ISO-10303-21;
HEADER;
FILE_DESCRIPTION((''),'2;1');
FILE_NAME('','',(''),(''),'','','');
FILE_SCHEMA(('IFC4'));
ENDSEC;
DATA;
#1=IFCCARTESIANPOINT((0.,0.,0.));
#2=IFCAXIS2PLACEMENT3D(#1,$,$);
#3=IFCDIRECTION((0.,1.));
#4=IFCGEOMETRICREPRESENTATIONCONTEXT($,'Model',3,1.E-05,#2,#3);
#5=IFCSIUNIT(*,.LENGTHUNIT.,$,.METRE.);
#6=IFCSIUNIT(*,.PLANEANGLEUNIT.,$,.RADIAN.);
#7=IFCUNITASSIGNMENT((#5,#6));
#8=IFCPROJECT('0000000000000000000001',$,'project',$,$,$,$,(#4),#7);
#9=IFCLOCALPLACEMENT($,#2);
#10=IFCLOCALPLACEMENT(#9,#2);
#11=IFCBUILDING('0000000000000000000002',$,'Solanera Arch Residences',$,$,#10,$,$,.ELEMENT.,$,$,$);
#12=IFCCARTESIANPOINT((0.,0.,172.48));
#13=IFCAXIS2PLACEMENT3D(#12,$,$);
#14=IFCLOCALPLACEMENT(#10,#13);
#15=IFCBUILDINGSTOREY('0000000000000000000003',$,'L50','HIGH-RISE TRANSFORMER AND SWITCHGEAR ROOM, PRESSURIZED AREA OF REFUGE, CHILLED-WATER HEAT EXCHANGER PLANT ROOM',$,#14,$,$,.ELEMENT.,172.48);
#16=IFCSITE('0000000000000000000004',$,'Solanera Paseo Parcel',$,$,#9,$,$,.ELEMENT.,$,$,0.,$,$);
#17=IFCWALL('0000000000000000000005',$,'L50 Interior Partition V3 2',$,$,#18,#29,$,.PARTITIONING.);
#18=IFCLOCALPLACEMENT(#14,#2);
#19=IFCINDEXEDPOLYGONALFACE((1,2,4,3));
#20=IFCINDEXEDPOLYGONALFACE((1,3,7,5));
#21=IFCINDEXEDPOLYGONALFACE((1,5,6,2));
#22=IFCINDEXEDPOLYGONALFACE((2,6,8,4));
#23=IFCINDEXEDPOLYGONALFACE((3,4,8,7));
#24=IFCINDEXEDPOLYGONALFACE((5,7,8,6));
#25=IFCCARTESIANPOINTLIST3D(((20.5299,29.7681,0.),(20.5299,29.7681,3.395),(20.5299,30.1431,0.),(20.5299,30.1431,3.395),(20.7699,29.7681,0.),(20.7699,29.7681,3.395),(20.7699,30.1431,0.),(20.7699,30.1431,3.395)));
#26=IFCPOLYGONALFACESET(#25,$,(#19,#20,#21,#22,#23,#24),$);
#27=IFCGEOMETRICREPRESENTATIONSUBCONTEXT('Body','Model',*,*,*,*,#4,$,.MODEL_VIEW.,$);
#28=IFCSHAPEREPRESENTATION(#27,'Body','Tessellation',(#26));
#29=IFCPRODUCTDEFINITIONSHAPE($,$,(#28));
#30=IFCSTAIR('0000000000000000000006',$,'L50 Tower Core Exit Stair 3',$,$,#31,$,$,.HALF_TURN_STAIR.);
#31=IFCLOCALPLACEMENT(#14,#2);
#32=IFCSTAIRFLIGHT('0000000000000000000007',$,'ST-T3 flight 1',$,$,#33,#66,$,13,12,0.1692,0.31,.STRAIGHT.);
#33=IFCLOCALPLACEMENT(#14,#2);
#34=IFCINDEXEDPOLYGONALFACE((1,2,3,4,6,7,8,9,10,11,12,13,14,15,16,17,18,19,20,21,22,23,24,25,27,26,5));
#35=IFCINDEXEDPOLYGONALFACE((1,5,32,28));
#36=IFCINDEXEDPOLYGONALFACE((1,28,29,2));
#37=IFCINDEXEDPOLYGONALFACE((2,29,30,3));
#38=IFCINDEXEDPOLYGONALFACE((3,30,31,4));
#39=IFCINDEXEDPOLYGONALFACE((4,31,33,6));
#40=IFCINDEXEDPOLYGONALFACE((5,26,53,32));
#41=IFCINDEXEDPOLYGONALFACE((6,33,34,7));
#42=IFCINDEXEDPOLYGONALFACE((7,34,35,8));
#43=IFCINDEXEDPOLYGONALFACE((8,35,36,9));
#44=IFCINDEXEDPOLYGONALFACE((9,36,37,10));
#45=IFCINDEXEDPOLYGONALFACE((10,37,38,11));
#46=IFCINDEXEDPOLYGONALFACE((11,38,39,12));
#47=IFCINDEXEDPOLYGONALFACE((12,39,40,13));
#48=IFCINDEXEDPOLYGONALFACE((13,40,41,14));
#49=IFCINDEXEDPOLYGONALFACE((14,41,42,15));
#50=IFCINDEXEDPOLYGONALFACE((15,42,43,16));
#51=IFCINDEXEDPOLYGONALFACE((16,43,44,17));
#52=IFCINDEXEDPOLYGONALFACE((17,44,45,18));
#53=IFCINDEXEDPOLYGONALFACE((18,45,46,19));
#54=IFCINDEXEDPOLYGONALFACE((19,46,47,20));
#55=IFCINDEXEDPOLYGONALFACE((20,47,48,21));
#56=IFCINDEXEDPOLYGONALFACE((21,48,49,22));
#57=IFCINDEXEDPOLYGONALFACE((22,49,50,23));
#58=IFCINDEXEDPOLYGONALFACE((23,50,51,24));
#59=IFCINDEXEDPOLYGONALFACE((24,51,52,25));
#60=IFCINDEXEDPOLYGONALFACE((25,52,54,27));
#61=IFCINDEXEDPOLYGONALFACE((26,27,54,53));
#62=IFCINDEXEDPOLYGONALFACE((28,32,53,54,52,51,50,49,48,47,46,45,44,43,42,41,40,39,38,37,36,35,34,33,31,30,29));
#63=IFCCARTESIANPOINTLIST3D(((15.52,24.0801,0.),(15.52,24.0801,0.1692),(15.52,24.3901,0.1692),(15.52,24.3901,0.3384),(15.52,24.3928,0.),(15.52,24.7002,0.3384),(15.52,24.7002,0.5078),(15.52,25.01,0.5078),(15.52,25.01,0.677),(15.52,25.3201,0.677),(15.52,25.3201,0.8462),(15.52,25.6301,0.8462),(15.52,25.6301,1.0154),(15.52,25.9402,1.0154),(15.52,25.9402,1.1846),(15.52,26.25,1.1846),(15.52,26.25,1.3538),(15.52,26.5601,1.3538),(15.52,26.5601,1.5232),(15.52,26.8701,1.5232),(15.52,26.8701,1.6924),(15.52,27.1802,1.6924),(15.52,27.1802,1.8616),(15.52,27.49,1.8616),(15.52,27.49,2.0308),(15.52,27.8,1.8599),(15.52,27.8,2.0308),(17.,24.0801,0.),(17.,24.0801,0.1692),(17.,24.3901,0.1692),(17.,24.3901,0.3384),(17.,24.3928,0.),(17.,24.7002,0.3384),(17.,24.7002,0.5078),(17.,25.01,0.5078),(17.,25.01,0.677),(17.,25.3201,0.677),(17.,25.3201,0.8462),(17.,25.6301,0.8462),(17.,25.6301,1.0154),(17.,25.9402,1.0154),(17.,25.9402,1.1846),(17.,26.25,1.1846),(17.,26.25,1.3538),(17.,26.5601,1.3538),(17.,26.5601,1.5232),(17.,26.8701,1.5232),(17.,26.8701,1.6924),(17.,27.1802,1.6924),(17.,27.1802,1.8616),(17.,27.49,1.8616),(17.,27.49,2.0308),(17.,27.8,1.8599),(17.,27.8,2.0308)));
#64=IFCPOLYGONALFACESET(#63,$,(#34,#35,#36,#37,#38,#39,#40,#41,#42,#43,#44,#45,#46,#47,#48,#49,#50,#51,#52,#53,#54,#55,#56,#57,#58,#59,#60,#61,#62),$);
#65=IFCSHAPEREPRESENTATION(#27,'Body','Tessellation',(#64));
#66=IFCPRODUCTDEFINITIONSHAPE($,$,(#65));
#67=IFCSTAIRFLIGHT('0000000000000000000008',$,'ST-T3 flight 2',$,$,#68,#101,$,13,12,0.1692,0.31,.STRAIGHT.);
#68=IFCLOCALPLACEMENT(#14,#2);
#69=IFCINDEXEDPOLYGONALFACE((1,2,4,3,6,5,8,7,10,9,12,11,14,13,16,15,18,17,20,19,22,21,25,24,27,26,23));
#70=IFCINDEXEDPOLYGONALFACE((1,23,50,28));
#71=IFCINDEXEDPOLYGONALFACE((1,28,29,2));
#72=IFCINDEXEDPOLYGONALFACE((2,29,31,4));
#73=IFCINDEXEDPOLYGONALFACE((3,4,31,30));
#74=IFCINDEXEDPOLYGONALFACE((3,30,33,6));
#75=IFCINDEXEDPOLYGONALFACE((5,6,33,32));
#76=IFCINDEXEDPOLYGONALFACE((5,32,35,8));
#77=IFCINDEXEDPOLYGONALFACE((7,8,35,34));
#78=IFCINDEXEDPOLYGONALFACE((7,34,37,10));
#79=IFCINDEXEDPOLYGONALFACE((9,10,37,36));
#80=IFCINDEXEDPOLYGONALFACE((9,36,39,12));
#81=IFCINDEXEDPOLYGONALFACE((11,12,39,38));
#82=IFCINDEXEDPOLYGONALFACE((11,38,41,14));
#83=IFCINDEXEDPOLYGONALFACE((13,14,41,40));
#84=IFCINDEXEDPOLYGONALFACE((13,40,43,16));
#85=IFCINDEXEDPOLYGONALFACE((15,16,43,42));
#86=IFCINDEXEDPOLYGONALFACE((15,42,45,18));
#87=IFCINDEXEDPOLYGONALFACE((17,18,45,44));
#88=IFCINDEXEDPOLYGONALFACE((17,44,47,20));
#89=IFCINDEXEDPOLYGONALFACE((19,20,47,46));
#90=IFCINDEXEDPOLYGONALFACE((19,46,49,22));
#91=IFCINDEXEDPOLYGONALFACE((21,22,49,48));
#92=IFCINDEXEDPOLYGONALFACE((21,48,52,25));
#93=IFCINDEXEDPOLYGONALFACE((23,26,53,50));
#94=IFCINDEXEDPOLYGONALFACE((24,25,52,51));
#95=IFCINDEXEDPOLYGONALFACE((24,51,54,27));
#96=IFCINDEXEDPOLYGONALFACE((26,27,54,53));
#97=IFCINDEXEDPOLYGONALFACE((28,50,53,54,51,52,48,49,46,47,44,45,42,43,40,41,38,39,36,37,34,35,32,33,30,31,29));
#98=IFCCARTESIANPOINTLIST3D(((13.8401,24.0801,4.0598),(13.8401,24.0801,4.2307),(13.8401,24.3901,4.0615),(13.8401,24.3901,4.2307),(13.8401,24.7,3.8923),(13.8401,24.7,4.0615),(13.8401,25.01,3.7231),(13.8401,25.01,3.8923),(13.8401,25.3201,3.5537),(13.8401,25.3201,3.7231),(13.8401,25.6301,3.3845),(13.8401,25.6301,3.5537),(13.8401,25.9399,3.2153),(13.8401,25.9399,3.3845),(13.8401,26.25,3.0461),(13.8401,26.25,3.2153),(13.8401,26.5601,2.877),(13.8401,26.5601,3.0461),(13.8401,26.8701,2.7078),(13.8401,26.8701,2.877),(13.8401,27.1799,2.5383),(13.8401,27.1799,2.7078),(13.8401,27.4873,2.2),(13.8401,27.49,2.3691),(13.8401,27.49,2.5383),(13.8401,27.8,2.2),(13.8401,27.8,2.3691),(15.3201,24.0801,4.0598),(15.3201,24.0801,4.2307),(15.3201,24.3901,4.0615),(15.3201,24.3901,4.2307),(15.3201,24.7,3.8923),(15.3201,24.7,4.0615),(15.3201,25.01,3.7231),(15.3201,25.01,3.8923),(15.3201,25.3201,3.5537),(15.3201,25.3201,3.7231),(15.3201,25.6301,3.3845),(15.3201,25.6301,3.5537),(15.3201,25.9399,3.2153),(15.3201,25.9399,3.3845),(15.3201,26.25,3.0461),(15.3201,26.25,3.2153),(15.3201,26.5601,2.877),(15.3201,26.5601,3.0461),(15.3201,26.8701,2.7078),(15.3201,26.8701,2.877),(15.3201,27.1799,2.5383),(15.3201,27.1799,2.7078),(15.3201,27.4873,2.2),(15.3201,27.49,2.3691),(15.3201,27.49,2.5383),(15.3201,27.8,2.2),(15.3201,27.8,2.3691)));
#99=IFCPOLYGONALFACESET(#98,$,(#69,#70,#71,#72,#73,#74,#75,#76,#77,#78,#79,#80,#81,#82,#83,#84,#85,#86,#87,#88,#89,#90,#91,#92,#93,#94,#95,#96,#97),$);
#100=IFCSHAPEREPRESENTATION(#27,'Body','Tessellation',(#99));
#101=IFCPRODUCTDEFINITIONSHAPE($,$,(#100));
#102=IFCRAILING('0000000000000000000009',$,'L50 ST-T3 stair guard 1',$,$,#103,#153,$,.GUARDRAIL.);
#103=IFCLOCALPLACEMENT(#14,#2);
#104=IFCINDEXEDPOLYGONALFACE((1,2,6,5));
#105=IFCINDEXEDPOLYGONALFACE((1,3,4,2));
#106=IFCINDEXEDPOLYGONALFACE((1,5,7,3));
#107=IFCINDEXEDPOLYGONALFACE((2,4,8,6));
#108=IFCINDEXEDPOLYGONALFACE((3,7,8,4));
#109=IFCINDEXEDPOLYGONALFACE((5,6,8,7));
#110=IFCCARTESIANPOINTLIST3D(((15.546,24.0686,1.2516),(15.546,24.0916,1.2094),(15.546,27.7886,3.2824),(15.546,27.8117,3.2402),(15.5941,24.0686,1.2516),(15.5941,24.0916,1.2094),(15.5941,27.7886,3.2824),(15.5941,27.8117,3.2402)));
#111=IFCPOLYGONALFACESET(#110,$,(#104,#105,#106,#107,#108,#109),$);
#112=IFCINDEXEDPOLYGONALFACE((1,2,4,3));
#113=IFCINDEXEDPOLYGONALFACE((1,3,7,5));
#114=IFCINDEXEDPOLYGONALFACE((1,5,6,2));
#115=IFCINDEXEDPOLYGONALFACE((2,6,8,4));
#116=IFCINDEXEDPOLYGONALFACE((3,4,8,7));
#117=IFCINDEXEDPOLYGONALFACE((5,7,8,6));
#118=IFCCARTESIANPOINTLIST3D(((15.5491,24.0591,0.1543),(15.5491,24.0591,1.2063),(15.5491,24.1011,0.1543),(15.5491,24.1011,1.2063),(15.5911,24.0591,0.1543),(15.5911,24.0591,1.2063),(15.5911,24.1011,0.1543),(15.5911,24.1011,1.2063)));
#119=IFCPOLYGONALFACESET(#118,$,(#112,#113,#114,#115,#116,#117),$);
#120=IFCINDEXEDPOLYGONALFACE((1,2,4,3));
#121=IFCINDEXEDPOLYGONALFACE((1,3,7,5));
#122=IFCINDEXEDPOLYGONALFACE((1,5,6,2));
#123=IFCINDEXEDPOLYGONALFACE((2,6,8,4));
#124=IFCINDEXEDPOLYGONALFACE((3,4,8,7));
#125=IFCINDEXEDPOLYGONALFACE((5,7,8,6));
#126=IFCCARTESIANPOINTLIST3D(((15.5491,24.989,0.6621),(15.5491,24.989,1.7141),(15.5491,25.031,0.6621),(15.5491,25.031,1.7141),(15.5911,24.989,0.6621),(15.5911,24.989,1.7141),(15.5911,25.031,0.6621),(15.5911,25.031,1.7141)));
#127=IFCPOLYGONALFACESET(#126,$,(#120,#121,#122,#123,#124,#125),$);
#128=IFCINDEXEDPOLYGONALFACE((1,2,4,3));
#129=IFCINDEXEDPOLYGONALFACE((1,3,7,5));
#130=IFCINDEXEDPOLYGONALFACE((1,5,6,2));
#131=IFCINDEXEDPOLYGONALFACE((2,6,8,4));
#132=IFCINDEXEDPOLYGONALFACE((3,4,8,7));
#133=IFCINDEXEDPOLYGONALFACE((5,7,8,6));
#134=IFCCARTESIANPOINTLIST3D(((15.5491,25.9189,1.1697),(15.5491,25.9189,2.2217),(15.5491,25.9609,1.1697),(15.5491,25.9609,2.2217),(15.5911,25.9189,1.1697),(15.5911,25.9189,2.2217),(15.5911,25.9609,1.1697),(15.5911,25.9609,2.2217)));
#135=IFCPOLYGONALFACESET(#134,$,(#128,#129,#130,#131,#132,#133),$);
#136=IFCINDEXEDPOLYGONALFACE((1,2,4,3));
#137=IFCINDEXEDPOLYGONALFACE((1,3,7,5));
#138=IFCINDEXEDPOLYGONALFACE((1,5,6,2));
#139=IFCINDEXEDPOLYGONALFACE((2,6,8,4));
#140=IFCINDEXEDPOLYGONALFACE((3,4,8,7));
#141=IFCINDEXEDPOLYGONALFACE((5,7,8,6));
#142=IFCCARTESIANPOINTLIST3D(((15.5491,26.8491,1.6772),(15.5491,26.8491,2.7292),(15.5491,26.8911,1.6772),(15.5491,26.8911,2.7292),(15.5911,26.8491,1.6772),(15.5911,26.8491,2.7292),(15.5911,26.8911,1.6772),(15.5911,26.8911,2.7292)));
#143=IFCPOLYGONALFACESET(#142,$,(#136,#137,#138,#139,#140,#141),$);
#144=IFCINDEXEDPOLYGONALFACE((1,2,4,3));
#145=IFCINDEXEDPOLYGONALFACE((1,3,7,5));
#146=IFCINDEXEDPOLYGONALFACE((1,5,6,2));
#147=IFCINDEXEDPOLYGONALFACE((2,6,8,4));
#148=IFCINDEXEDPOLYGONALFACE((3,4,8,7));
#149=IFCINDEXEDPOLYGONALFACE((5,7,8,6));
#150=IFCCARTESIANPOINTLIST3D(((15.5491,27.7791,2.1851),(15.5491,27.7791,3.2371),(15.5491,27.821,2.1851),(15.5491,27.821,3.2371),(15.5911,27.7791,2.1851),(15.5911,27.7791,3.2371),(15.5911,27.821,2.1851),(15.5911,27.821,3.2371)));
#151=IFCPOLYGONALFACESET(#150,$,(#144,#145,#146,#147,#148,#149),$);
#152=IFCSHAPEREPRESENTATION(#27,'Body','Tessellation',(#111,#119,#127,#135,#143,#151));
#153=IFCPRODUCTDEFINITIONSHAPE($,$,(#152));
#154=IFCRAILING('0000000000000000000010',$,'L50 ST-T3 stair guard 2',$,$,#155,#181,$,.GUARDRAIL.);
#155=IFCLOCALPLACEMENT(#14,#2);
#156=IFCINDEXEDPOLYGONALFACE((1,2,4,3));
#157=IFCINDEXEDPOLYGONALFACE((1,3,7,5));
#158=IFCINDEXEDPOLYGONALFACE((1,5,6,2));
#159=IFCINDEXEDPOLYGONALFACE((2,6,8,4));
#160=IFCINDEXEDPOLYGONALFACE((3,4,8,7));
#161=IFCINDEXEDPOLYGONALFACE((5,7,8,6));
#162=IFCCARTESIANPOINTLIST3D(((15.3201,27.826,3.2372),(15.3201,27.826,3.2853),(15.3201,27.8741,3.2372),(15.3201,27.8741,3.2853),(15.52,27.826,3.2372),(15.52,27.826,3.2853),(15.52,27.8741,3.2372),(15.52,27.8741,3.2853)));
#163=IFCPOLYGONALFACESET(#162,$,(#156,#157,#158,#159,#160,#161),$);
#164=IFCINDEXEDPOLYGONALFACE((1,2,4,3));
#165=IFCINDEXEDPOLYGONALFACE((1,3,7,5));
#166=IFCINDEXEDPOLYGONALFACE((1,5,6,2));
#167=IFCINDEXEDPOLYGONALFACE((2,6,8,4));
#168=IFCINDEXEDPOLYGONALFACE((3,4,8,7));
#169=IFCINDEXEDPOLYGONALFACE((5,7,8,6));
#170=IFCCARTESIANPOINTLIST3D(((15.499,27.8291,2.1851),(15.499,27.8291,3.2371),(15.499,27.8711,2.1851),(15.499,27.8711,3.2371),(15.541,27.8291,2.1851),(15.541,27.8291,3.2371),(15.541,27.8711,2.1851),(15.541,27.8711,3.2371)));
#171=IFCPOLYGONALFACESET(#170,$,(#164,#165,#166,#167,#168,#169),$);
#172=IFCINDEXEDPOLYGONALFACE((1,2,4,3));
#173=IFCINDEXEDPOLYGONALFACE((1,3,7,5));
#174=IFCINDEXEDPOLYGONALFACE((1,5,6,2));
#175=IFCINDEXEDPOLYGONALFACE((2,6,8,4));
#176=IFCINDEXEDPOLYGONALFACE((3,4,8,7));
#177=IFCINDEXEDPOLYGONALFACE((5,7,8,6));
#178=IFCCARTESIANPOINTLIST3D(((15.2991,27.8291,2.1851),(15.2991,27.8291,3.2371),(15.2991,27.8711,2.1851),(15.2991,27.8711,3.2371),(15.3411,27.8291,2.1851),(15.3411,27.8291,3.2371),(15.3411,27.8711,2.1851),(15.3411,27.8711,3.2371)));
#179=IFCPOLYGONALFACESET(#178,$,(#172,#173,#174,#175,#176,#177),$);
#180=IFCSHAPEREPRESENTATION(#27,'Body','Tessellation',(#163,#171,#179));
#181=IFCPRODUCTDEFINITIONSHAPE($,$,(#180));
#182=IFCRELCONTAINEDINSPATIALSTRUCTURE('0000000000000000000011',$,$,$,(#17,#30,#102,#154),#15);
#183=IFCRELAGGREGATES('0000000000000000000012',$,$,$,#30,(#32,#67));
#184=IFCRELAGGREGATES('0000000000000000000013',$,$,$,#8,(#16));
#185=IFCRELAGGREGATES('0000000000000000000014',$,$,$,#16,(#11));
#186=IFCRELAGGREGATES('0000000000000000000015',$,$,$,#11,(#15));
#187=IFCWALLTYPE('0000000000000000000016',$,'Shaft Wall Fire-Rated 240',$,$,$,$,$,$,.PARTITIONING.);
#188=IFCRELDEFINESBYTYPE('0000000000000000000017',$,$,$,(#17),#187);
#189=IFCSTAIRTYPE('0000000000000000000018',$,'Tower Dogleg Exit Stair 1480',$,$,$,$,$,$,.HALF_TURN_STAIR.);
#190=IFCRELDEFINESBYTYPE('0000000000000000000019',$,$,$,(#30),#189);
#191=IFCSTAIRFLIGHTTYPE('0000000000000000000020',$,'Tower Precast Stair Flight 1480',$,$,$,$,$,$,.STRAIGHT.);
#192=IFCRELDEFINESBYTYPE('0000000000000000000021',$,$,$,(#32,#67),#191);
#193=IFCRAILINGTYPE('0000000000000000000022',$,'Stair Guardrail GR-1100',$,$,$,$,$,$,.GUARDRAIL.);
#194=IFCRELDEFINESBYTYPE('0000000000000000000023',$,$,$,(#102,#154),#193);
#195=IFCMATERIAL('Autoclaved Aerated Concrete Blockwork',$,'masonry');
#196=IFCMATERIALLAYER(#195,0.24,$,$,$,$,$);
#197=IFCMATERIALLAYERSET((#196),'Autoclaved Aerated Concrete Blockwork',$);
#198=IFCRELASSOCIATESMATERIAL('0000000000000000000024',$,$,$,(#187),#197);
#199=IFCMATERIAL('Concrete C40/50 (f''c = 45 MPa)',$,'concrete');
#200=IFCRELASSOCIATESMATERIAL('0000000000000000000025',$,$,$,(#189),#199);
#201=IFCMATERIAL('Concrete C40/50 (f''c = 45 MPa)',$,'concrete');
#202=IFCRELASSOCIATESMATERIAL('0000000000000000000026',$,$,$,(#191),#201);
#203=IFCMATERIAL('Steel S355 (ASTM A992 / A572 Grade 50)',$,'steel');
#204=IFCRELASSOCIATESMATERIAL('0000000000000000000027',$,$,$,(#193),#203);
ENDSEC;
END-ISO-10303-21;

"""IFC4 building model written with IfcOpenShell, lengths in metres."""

from ifc_helpers import new_model, si_unit, direction, frame, frame_2d, origin, origin_2d, place, context, subcontext, project, spatial, polyline, rectangle, outline, extrude, material, layer, layer_set, type_object, element, aggregate, save


model = new_model("IFC4")

# Units and contexts
model_context = context("Model", 3, precision=1e-05, world=origin(), true_north=direction((0.0, 1.0)))
body_context = subcontext(model_context, "Body", "Model", "MODEL_VIEW")
ifc_project = project(units=[si_unit("LENGTHUNIT", "METRE"), si_unit("PLANEANGLEUNIT", "RADIAN")], contexts=[model_context])

# Site, building, storey
site_placement = place(None, origin())
site = spatial("IfcSite", under=ifc_project, at=site_placement, Name="Solanera Paseo Parcel", CompositionType="ELEMENT", RefElevation=0.0)
building_placement = place(site_placement, origin())
building = spatial("IfcBuilding", under=site, at=building_placement, Name="Solanera Arch Residences", CompositionType="ELEMENT")
storey_placement = place(building_placement, frame((0.0, 0.0, 172.48)))
storey = spatial("IfcBuildingStorey", under=building, at=storey_placement, Name="L50", Description="HIGH-RISE TRANSFORMER AND SWITCHGEAR ROOM, PRESSURIZED AREA OF REFUGE, CHILLED-WATER HEAT EXCHANGER PLANT ROOM", CompositionType="ELEMENT", Elevation=172.48)

# Shared definitions
ifc_material_1 = material(Name="Autoclaved Aerated Concrete Blockwork", Category="masonry")
ifc_layer_1 = layer(ifc_material_1, 0.24)
ifc_layer_set_1 = layer_set([ifc_layer_1], Name="Autoclaved Aerated Concrete Blockwork")
wall_type_1 = type_object("IfcWallType", Name="Shaft Wall Fire-Rated 240", PredefinedType="PARTITIONING", material=ifc_layer_set_1)

# Wall
wall_1_placement = place(storey_placement, frame((20.6499, 29.7681, 0.0), z_axis=(0.0, 0.0, 1.0), x_axis=(0.0, 1.0, 0.0)))
element("IfcWall", 1, at=wall_1_placement, inside=storey, type_object=wall_type_1, Name="L50 Interior Partition V3 2", PredefinedType="PARTITIONING", context=body_context, shape_type="SweptSolid", body=[
    extrude(rectangle(XDim=0.375, YDim=0.24, at=frame_2d((0.1875, 0.0))), origin(), (0.0, 0.0, 1.0), 3.395),
])

# Stair, stair flights
ifc_material_2 = material(Name="Concrete C40/50 (f'c = 45 MPa)", Category="concrete")
stair_type = type_object("IfcStairType", Name="Tower Dogleg Exit Stair 1480", PredefinedType="HALF_TURN_STAIR", material=ifc_material_2)
stair_placement = place(storey_placement, origin())
stair = element("IfcStair", 2, at=stair_placement, inside=storey, type_object=stair_type, Name="L50 Tower Core Exit Stair 3", PredefinedType="HALF_TURN_STAIR")
ifc_material_3 = material(Name="Concrete C40/50 (f'c = 45 MPa)", Category="concrete")
stair_flight_type = type_object("IfcStairFlightType", Name="Tower Precast Stair Flight 1480", PredefinedType="STRAIGHT", material=ifc_material_3)
stair_flight_1_placement = place(storey_placement, frame((16.26, 24.0801, 0.0), z_axis=(0.0, 0.0, 1.0), x_axis=(0.0, 1.0, 0.0)))
stair_flight_1 = element("IfcStairFlight", 3, at=stair_flight_1_placement, type_object=stair_flight_type, Name="ST-T3 flight 1", NumberOfRisers=13, NumberOfTreads=12, PredefinedType="STRAIGHT", RiserHeight=0.1692, TreadLength=0.31, context=body_context, shape_type="SweptSolid", body=[
    extrude(outline(polyline([(0.0, 0.0), (0.0, 0.1692), (0.3101, 0.1692), (0.3101, 0.3384), (0.6201, 0.3384), (0.6201, 0.5078), (0.9299, 0.5078), (0.9299, 0.677), (1.24, 0.677), (1.24, 0.8462), (1.55, 0.8462), (1.55, 1.0154), (1.8601, 1.0154), (1.8601, 1.1846), (2.1699, 1.1846), (2.1699, 1.3538), (2.48, 1.3538), (2.48, 1.5232), (2.79, 1.5232), (2.79, 1.6924), (3.1001, 1.6924), (3.1001, 1.8616), (3.4099, 1.8616), (3.4099, 2.0308), (3.72, 2.0308), (3.72, 2.2), (3.72, 1.8599), (0.3127, 0.0), (0.0, 0.0)])), frame((0.0, 0.74, 0.0), z_axis=(0.0, -1.0, 0.0), x_axis=(1.0, 0.0, 0.0)), (0.0, 0.0, 1.0), 1.48),
])
stair_flight_2_placement = place(storey_placement, frame((14.5801, 27.8, 2.2), z_axis=(0.0, 0.0, 1.0), x_axis=(0.0, -1.0, 0.0)))
stair_flight_2 = element("IfcStairFlight", 4, at=stair_flight_2_placement, type_object=stair_flight_type, Name="ST-T3 flight 2", NumberOfRisers=13, NumberOfTreads=12, PredefinedType="STRAIGHT", RiserHeight=0.1692, TreadLength=0.31, context=body_context, shape_type="SweptSolid", body=[
    extrude(outline(polyline([(0.0, 0.0), (0.0, 0.1692), (0.3101, 0.1692), (0.3101, 0.3384), (0.6201, 0.3384), (0.6201, 0.5078), (0.9299, 0.5078), (0.9299, 0.677), (1.24, 0.677), (1.24, 0.8462), (1.55, 0.8462), (1.55, 1.0154), (1.8601, 1.0154), (1.8601, 1.1846), (2.1699, 1.1846), (2.1699, 1.3538), (2.48, 1.3538), (2.48, 1.5232), (2.79, 1.5232), (2.79, 1.6924), (3.1001, 1.6924), (3.1001, 1.8616), (3.4099, 1.8616), (3.4099, 2.0308), (3.72, 2.0308), (3.72, 2.2), (3.72, 1.8599), (0.3127, 0.0), (0.0, 0.0)])), frame((0.0, 0.74, 0.0), z_axis=(0.0, -1.0, 0.0), x_axis=(1.0, 0.0, 0.0)), (0.0, 0.0, 1.0), 1.48),
])
aggregate(stair, [stair_flight_1, stair_flight_2])

# Railings
ifc_material_4 = material(Name="Steel S355 (ASTM A992 / A572 Grade 50)", Category="steel")
railing_type_1 = type_object("IfcRailingType", Name="Stair Guardrail GR-1100", PredefinedType="GUARDRAIL", material=ifc_material_4)
railing_1_placement = place(storey_placement, frame((15.5701, 24.0801, 0.1543)))
element("IfcRailing", 5, at=railing_1_placement, inside=storey, type_object=railing_type_1, Name="L50 ST-T3 stair guard 1", PredefinedType="GUARDRAIL", context=body_context, shape_type="SweptSolid", body=[
    extrude(rectangle(XDim=0.0481, YDim=0.0481, at=origin_2d()), frame((0.0, 0.0, 1.0762), z_axis=(0.0, 0.877728, 0.479159), x_axis=(-1.0, 0.0, 0.0)), (0.0, 0.0, 1.0), 4.2383),
    extrude(rectangle(XDim=0.042, YDim=0.042, at=origin_2d()), origin(), (0.0, 0.0, 1.0), 1.052),
    extrude(rectangle(XDim=0.042, YDim=0.042, at=origin_2d()), frame((0.0, 0.9299, 0.5078)), (0.0, 0.0, 1.0), 1.052),
    extrude(rectangle(XDim=0.042, YDim=0.042, at=origin_2d()), frame((0.0, 1.8599, 1.0154)), (0.0, 0.0, 1.0), 1.052),
    extrude(rectangle(XDim=0.042, YDim=0.042, at=origin_2d()), frame((0.0, 2.79, 1.5229)), (0.0, 0.0, 1.0), 1.052),
    extrude(rectangle(XDim=0.042, YDim=0.042, at=origin_2d()), frame((0.0, 3.72, 2.0308)), (0.0, 0.0, 1.0), 1.052),
])
railing_2_placement = place(storey_placement, frame((15.52, 27.8501, 2.1851)))
element("IfcRailing", 6, at=railing_2_placement, inside=storey, type_object=railing_type_1, Name="L50 ST-T3 stair guard 2", PredefinedType="GUARDRAIL", context=body_context, shape_type="SweptSolid", body=[
    extrude(rectangle(XDim=0.0481, YDim=0.0481, at=origin_2d()), frame((0.0, 0.0, 1.0762), z_axis=(-1.0, 0.0, 0.0), x_axis=(0.0, -1.0, 0.0)), (0.0, 0.0, 1.0), 0.2),
    extrude(rectangle(XDim=0.042, YDim=0.042, at=origin_2d()), origin(), (0.0, 0.0, 1.0), 1.052),
    extrude(rectangle(XDim=0.042, YDim=0.042, at=origin_2d()), frame((-0.2, 0.0, 0.0)), (0.0, 0.0, 1.0), 1.052),
])

save(model, "model.ifc")
